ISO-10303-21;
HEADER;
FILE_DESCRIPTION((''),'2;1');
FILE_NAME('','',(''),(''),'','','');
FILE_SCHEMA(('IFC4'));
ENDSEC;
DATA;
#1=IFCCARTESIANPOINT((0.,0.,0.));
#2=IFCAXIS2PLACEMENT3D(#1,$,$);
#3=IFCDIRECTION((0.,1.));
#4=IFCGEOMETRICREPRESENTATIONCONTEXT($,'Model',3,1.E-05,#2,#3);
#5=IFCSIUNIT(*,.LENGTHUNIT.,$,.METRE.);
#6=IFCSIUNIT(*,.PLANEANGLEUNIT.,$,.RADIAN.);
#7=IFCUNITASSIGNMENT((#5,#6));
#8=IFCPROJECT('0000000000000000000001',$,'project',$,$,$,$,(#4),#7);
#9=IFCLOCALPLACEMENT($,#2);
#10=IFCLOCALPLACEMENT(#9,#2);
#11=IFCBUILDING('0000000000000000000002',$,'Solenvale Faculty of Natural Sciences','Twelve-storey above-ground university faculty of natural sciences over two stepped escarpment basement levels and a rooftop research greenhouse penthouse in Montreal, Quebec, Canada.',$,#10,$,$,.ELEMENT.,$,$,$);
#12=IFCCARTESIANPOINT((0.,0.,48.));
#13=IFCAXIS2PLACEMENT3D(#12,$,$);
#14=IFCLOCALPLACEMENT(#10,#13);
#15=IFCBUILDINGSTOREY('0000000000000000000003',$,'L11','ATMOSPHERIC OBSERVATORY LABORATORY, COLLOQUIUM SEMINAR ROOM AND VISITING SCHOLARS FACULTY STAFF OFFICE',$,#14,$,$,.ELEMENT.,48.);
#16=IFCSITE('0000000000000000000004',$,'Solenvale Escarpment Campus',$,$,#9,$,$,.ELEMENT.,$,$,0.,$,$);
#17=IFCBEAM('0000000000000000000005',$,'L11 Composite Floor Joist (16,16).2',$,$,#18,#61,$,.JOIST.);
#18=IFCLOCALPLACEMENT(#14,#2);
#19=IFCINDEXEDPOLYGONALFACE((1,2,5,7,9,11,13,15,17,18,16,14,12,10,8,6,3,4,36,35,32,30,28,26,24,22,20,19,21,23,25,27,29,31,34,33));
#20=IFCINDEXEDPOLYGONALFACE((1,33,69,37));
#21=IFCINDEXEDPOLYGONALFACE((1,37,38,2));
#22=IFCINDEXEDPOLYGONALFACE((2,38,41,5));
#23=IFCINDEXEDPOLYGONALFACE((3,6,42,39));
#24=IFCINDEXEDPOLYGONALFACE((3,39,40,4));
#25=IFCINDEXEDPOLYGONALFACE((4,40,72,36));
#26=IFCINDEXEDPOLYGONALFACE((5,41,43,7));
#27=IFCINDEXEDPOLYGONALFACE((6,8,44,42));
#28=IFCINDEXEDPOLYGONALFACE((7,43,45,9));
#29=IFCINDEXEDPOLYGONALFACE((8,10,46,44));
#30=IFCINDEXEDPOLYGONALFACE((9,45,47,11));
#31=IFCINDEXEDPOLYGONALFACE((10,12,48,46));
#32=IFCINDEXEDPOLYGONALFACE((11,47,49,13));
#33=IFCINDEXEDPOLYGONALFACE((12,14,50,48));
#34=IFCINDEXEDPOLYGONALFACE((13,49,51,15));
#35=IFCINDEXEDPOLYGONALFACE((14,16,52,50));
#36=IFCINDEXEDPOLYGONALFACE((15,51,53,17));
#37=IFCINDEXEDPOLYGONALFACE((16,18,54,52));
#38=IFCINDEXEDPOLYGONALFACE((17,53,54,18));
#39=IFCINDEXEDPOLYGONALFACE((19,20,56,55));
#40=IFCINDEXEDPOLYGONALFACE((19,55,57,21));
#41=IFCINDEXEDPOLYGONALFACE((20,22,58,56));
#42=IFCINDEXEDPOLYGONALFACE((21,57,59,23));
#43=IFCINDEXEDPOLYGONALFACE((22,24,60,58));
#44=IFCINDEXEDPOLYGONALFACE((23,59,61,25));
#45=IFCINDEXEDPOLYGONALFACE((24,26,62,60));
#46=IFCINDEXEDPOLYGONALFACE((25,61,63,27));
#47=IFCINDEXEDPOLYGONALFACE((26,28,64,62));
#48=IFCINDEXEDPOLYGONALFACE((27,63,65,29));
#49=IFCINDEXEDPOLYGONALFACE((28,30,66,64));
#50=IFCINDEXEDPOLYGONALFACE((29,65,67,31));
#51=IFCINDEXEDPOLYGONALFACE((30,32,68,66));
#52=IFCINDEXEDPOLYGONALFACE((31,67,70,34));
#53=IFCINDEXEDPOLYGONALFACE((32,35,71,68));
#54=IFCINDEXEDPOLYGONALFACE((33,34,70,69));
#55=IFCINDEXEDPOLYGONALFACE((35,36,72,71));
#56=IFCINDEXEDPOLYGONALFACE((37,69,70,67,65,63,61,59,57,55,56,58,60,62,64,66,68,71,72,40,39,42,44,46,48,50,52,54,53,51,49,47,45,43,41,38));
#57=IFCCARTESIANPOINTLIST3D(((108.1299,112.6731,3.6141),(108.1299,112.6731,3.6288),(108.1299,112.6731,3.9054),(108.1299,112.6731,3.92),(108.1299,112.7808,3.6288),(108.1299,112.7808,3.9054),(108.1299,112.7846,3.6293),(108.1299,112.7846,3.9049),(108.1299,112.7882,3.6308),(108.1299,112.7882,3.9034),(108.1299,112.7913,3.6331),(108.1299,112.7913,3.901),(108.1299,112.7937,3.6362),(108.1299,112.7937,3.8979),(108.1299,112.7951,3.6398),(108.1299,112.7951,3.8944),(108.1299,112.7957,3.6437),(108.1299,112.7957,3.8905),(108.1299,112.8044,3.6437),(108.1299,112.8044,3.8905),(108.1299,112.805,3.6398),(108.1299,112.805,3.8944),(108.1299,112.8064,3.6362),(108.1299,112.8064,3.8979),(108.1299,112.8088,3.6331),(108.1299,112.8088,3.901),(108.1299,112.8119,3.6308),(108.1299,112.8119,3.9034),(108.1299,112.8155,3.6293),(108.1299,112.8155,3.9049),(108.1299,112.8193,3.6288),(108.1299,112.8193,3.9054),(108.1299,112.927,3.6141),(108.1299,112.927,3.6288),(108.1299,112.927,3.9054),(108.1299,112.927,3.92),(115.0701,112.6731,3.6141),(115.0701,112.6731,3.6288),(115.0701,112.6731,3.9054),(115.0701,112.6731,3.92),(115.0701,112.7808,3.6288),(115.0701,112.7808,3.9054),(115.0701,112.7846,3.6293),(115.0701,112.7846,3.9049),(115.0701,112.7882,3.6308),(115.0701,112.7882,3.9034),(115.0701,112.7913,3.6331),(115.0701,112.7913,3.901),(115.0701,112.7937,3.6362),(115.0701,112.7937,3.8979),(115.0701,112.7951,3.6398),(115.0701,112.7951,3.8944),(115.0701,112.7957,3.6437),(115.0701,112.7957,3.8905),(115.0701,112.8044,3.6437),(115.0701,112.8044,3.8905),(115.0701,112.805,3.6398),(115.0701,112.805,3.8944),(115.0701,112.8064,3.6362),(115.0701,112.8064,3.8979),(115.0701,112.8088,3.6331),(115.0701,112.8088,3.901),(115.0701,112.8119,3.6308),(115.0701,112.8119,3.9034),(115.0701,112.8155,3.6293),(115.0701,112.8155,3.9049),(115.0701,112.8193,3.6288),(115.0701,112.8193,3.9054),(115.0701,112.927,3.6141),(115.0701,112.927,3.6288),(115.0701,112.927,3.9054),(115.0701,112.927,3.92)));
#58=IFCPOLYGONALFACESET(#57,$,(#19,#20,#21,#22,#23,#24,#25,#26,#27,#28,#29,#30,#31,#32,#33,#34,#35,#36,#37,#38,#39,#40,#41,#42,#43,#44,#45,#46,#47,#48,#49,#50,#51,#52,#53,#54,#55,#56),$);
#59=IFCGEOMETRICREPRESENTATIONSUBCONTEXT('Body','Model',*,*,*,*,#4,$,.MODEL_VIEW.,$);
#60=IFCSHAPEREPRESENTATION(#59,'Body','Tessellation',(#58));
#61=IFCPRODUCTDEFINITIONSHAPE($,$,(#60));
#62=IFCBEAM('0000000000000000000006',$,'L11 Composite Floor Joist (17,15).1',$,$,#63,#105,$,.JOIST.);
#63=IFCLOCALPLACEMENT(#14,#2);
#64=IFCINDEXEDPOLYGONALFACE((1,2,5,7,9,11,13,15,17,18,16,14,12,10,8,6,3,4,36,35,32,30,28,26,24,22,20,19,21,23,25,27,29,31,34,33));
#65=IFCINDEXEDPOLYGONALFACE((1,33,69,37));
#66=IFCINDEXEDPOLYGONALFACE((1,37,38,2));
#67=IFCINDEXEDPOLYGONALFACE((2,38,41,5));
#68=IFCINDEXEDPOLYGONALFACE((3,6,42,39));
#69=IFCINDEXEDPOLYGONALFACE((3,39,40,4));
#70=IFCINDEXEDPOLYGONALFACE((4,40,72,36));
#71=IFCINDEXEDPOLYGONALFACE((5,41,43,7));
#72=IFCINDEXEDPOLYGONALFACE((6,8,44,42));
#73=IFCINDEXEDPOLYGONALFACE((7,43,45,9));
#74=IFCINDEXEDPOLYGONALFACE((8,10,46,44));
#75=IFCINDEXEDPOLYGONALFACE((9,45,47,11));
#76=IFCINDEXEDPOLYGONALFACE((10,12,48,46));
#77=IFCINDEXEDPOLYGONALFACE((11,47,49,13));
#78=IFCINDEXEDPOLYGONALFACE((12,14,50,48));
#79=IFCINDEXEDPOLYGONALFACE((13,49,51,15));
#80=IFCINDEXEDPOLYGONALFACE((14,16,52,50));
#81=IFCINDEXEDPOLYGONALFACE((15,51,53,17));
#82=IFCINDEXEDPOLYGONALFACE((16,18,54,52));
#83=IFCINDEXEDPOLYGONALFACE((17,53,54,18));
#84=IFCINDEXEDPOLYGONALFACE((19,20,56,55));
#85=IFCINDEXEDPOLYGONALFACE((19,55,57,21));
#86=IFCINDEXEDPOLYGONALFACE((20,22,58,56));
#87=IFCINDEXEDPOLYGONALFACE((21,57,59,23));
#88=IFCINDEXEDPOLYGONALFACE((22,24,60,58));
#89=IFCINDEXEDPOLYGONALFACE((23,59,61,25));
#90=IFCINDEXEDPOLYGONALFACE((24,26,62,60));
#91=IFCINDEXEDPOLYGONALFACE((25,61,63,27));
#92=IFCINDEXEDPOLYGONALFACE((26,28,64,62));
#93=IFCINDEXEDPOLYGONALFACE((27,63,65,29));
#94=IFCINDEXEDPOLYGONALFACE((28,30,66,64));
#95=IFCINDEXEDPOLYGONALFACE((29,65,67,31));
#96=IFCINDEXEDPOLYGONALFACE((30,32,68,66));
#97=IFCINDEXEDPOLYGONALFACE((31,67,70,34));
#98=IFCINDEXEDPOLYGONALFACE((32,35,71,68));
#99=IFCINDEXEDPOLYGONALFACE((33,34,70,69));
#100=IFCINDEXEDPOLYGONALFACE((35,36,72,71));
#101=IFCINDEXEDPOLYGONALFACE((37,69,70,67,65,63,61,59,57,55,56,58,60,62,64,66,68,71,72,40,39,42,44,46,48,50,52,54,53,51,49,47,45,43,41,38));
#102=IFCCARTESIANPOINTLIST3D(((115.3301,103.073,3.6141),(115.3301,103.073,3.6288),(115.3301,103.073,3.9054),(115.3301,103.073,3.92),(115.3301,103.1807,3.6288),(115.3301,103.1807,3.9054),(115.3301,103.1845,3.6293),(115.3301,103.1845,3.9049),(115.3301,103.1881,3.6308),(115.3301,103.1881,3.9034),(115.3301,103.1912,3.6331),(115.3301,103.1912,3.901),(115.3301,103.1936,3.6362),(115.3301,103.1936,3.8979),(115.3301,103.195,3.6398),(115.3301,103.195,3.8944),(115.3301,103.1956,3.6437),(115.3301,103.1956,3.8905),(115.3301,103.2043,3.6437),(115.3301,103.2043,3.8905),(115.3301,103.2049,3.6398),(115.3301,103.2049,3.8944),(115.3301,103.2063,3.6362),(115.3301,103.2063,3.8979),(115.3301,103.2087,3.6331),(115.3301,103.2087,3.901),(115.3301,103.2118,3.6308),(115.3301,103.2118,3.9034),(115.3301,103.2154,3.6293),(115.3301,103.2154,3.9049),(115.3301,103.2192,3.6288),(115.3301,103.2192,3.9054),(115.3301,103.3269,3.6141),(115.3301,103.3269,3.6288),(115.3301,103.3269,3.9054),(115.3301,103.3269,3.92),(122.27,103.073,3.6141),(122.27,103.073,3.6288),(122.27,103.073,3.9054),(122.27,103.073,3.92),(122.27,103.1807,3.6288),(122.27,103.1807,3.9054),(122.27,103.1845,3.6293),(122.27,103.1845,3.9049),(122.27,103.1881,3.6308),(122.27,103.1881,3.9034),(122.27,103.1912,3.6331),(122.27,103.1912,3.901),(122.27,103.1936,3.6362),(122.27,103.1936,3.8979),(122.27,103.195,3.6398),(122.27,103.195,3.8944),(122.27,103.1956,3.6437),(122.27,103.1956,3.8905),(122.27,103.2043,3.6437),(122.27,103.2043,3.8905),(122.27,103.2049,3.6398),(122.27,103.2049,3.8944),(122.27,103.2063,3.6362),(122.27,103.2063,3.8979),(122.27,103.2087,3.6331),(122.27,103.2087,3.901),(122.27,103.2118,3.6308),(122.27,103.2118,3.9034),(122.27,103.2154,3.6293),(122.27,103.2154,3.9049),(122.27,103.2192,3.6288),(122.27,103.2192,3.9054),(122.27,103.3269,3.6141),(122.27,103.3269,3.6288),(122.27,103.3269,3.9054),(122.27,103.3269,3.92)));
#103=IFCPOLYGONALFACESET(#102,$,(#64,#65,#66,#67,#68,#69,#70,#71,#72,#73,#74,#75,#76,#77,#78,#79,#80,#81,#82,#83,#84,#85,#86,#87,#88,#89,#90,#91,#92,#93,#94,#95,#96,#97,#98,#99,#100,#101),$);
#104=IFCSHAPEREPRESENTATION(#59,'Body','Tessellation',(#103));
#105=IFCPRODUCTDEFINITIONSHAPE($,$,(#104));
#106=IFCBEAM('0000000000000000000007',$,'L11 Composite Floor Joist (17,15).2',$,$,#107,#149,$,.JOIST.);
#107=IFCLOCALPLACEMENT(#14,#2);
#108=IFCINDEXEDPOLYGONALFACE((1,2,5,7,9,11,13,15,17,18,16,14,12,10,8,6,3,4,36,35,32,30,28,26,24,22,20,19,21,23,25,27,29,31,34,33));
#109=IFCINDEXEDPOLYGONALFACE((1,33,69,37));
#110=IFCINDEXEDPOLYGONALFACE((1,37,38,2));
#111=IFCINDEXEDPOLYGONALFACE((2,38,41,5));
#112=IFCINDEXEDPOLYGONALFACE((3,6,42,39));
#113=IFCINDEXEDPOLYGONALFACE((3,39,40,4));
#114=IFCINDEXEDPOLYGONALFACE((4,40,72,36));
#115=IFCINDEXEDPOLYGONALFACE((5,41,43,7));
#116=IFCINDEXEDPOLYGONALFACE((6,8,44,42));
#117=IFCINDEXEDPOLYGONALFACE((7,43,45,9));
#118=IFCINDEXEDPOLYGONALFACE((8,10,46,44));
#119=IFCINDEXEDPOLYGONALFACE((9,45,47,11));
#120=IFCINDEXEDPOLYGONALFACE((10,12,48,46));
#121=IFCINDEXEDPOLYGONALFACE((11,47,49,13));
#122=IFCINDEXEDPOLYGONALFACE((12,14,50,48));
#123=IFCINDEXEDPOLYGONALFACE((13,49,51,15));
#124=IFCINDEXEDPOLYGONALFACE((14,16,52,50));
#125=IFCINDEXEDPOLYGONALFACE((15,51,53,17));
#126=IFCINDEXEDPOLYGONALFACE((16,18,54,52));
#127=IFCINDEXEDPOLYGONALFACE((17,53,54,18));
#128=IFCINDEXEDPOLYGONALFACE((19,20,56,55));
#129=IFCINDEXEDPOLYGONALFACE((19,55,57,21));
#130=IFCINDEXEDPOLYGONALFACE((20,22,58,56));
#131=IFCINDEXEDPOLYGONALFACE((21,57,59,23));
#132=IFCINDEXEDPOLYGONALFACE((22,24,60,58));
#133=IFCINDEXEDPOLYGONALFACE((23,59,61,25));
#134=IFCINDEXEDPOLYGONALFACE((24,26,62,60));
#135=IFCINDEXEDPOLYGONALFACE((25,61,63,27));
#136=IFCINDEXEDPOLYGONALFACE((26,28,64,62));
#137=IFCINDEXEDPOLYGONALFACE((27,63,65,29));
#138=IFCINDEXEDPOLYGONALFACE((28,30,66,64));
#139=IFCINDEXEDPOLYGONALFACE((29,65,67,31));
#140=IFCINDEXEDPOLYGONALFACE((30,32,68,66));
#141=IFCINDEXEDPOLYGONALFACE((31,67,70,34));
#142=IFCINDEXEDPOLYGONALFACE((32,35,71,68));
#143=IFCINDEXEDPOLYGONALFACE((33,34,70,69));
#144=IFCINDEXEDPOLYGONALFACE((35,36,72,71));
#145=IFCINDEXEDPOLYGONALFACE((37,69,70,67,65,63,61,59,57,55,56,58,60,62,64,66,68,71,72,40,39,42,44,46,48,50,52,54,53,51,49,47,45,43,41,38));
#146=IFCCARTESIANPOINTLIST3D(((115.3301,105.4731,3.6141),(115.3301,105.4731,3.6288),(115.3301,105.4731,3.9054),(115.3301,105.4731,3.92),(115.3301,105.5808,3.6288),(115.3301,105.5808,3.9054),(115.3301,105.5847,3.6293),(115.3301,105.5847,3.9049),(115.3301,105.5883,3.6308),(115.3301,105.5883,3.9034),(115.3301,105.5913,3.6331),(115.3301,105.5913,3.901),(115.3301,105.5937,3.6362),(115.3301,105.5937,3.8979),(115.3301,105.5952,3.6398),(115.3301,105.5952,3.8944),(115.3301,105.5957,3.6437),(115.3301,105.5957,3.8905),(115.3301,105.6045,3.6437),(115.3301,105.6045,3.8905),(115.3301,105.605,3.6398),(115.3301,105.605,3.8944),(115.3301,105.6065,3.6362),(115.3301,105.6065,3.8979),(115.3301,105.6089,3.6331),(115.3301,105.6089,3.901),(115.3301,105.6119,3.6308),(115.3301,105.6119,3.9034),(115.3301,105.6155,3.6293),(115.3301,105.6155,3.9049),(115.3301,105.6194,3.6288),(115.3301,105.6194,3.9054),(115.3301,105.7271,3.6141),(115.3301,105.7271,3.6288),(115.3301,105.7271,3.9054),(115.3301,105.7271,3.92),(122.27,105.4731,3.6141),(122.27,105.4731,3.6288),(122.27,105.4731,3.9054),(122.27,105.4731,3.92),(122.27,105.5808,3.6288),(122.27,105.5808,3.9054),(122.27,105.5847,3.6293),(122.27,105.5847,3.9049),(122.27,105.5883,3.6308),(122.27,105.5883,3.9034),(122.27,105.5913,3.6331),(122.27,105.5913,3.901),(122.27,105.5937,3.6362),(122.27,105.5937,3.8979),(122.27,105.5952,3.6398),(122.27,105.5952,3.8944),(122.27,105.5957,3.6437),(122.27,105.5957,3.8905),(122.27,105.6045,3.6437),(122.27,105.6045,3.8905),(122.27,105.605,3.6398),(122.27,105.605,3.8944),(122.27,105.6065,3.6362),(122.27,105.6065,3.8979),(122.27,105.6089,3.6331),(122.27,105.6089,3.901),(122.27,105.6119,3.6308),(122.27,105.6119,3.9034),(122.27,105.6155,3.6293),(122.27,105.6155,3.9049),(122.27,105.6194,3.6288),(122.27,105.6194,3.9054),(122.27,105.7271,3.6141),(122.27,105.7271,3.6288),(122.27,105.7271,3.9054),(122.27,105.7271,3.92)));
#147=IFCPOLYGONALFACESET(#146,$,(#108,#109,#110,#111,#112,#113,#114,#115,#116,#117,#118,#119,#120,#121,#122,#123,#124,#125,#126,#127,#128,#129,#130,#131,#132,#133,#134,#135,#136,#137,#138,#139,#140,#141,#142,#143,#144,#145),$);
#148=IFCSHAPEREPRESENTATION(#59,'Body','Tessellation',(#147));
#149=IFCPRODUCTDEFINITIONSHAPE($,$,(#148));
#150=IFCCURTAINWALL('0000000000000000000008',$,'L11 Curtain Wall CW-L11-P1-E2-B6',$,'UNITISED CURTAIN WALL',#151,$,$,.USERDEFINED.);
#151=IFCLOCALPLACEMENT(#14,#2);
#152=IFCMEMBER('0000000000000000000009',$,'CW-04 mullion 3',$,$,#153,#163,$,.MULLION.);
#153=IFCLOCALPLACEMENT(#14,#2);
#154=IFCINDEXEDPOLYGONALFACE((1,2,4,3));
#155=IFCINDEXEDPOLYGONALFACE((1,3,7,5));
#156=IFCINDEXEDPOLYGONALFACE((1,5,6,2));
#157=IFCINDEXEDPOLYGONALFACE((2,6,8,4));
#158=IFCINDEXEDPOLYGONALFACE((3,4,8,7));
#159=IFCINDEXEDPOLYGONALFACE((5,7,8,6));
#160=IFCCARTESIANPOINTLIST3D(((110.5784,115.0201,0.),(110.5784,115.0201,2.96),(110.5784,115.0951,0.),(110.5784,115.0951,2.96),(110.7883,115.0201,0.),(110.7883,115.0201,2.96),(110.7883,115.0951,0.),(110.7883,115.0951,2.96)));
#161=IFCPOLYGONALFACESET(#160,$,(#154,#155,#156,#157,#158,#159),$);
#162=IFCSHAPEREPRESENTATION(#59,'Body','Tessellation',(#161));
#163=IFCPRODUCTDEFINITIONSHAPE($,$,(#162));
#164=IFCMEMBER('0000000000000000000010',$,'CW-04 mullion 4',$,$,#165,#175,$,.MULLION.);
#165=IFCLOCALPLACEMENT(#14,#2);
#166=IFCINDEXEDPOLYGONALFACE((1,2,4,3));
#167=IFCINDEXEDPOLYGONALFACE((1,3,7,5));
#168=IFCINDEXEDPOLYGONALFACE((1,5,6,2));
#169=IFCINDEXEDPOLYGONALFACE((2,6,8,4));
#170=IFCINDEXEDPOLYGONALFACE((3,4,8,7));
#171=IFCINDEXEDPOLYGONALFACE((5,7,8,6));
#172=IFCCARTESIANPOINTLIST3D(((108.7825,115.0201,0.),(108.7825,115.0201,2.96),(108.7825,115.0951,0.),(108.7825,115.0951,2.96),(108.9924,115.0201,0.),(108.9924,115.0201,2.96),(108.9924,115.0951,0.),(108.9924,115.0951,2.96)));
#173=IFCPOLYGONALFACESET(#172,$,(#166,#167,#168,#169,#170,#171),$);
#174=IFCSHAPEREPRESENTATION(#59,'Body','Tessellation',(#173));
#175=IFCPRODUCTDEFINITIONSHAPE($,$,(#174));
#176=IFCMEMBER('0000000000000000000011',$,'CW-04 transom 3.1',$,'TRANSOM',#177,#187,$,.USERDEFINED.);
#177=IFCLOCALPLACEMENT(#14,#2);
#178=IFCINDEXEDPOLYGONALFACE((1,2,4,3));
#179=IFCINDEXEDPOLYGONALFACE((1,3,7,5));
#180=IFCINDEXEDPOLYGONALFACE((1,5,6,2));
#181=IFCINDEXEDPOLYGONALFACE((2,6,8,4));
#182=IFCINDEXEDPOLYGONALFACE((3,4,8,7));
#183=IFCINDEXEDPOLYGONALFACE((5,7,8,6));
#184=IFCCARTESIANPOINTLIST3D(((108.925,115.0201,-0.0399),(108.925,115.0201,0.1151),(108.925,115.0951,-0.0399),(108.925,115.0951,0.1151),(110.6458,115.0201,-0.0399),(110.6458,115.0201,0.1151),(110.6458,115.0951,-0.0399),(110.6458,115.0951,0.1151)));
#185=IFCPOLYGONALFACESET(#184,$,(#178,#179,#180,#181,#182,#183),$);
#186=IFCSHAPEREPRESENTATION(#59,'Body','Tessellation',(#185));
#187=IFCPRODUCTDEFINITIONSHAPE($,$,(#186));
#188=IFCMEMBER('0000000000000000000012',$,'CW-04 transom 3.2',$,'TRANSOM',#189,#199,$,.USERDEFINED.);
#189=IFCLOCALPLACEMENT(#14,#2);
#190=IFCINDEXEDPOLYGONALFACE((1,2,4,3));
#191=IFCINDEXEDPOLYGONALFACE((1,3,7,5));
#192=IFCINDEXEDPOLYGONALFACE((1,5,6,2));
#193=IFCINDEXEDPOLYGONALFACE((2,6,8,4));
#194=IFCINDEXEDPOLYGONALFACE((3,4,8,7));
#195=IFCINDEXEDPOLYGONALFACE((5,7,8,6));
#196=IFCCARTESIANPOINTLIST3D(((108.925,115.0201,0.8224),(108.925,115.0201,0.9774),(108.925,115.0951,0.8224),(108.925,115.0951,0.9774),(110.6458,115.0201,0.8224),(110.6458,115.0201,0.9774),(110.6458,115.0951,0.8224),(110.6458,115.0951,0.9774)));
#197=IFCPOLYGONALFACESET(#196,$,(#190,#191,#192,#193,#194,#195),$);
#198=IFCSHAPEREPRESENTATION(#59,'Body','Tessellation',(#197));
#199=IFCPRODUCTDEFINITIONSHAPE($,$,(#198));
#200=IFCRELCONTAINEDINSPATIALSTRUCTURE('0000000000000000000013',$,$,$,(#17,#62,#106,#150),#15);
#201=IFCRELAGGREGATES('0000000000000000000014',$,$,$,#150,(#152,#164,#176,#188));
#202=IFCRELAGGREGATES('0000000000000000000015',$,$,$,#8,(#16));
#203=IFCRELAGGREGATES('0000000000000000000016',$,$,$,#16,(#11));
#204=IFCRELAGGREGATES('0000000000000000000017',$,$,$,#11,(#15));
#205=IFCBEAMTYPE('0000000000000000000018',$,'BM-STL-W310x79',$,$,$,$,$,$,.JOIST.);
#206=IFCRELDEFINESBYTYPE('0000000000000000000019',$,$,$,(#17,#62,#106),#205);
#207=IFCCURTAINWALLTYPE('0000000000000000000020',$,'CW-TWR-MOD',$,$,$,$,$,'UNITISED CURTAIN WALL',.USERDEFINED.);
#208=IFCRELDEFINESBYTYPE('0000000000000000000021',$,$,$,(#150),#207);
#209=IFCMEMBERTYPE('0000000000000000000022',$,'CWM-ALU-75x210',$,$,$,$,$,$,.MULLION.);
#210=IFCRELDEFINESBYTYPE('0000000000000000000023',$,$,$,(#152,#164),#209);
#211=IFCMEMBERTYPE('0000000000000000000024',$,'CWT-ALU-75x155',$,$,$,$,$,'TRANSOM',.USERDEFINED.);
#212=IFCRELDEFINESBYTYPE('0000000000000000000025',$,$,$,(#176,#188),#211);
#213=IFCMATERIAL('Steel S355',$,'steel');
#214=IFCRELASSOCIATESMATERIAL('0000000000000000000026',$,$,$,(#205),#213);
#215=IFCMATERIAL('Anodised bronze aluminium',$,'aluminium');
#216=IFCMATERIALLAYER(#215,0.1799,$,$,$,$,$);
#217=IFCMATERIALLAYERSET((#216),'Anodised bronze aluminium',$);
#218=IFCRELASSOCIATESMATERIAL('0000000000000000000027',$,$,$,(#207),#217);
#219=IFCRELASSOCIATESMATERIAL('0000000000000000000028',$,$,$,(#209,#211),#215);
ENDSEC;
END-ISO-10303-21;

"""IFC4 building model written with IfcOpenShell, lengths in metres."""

from ifc_helpers import new_model, si_unit, direction, frame, origin, origin_2d, place, context, subcontext, project, spatial, rectangle, i_section, extrude, material, layer, layer_set, material_profile, profile_set, type_object, element, aggregate, save


model = new_model("IFC4")

# Units and contexts
model_context = context("Model", 3, precision=1e-05, world=origin(), true_north=direction((0.0, 1.0)))
body_context = subcontext(model_context, "Body", "Model", "MODEL_VIEW")
ifc_project = project(units=[si_unit("LENGTHUNIT", "METRE"), si_unit("PLANEANGLEUNIT", "RADIAN")], contexts=[model_context])

# Site, building, storey
site_placement = place(None, origin())
site = spatial("IfcSite", under=ifc_project, at=site_placement, Name="Solenvale Escarpment Campus", CompositionType="ELEMENT", RefElevation=0.0)
building_placement = place(site_placement, origin())
building = spatial("IfcBuilding", under=site, at=building_placement, Name="Solenvale Faculty of Natural Sciences", Description="Twelve-storey above-ground university faculty of natural sciences over two stepped escarpment basement levels and a rooftop research greenhouse penthouse in Montreal, Quebec, Canada.", CompositionType="ELEMENT")
storey_placement = place(building_placement, frame((0.0, 0.0, 48.0)))
storey = spatial("IfcBuildingStorey", under=building, at=storey_placement, Name="L11", Description="ATMOSPHERIC OBSERVATORY LABORATORY, COLLOQUIUM SEMINAR ROOM AND VISITING SCHOLARS FACULTY STAFF OFFICE", CompositionType="ELEMENT", Elevation=48.0)

# Beams
ifc_material_1 = material(Name="Steel S355", Category="steel")
ifc_material_profile_1 = material_profile(ifc_material_1, i_section(OverallWidth=0.2539, OverallDepth=0.3059, WebThickness=0.0088, FlangeThickness=0.0146, FilletRadius=0.0149, at=origin_2d()), Name="W310x79")
ifc_profile_set_1 = profile_set([ifc_material_profile_1], Name="Steel S355")
beam_type_1 = type_object("IfcBeamType", Name="BM-STL-W310x79", PredefinedType="JOIST", material=ifc_profile_set_1)
for number, where, z_axis, x_axis, name in (
    (1, (108.1299, 112.8, 3.7671), (1.0, 0.0, 0.0), (0.0, 1.0, 0.0), "L11 Composite Floor Joist (16,16).2"),
):
    element("IfcBeam", number, at=place(storey_placement, frame(where, z_axis=z_axis, x_axis=x_axis)), inside=storey, type_object=beam_type_1, Name=name, PredefinedType="JOIST", context=body_context, shape_type="SweptSolid", body=[
        extrude(i_section(OverallWidth=0.2539, OverallDepth=0.3059, WebThickness=0.0088, FlangeThickness=0.0146, FilletRadius=0.0149, at=origin_2d()), origin(), (0.0, 0.0, 1.0), 6.9402),
    ])
for number, where, z_axis, x_axis, name in (
    (2, (115.3301, 103.2, 3.7671), (1.0, 0.0, 0.0), (0.0, 1.0, 0.0), "L11 Composite Floor Joist (17,15).1"),
    (3, (115.3301, 105.6001, 3.7671), (1.0, 0.0, 0.0), (0.0, 1.0, 0.0), "L11 Composite Floor Joist (17,15).2"),
):
    element("IfcBeam", number, at=place(storey_placement, frame(where, z_axis=z_axis, x_axis=x_axis)), inside=storey, type_object=beam_type_1, Name=name, PredefinedType="JOIST", context=body_context, shape_type="SweptSolid", body=[
        extrude(i_section(OverallWidth=0.2539, OverallDepth=0.3059, WebThickness=0.0088, FlangeThickness=0.0146, FilletRadius=0.0149, at=origin_2d()), origin(), (0.0, 0.0, 1.0), 6.9399),
    ])

# Curtain wall, members
ifc_material_2 = material(Name="Anodised bronze aluminium", Category="aluminium")
ifc_layer_1 = layer(ifc_material_2, 0.1799)
ifc_layer_set_1 = layer_set([ifc_layer_1], Name="Anodised bronze aluminium")
curtain_wall_type = type_object("IfcCurtainWallType", Name="CW-TWR-MOD", ElementType="UNITISED CURTAIN WALL", PredefinedType="USERDEFINED", material=ifc_layer_set_1)
curtain_wall_placement = place(storey_placement, origin())
curtain_wall = element("IfcCurtainWall", 4, at=curtain_wall_placement, inside=storey, type_object=curtain_wall_type, Name="L11 Curtain Wall CW-L11-P1-E2-B6", ObjectType="UNITISED CURTAIN WALL", PredefinedType="USERDEFINED")
ifc_material_profile_2 = material_profile(ifc_material_2, rectangle(XDim=0.075, YDim=0.21, at=origin_2d()), Name="ALU-MUL-75x210")
ifc_profile_set_2 = profile_set([ifc_material_profile_2], Name="Anodised bronze aluminium")
member_type_1 = type_object("IfcMemberType", Name="CWM-ALU-75x210", PredefinedType="MULLION", material=ifc_profile_set_2)
member_1_placement = place(storey_placement, frame((110.6833, 115.0576, 0.0), z_axis=(0.0, 0.0, 1.0), x_axis=(0.0, -1.0, 0.0)))
member_1 = element("IfcMember", 5, at=member_1_placement, type_object=member_type_1, Name="CW-04 mullion 3", PredefinedType="MULLION", context=body_context, shape_type="SweptSolid", body=[
    extrude(rectangle(XDim=0.075, YDim=0.21, at=origin_2d()), origin(), (0.0, 0.0, 1.0), 2.96),
])
member_2_placement = place(storey_placement, frame((108.8875, 115.0576, 0.0), z_axis=(0.0, 0.0, 1.0), x_axis=(0.0, -1.0, 0.0)))
member_2 = element("IfcMember", 6, at=member_2_placement, type_object=member_type_1, Name="CW-04 mullion 4", PredefinedType="MULLION", context=body_context, shape_type="SweptSolid", body=[
    extrude(rectangle(XDim=0.075, YDim=0.21, at=origin_2d()), origin(), (0.0, 0.0, 1.0), 2.96),
])
ifc_material_profile_3 = material_profile(ifc_material_2, rectangle(XDim=0.075, YDim=0.155, at=origin_2d()), Name="ALU-TRN-75x155")
ifc_profile_set_3 = profile_set([ifc_material_profile_3], Name="Anodised bronze aluminium")
member_type_2 = type_object("IfcMemberType", Name="CWT-ALU-75x155", ElementType="TRANSOM", PredefinedType="USERDEFINED", material=ifc_profile_set_3)
member_3_placement = place(storey_placement, frame((110.6458, 115.0576, 0.0376), z_axis=(-1.0, 0.0, 0.0), x_axis=(0.0, -1.0, 0.0)))
member_3 = element("IfcMember", 7, at=member_3_placement, type_object=member_type_2, Name="CW-04 transom 3.1", ObjectType="TRANSOM", PredefinedType="USERDEFINED", context=body_context, shape_type="SweptSolid", body=[
    extrude(rectangle(XDim=0.075, YDim=0.155, at=origin_2d()), origin(), (0.0, 0.0, 1.0), 1.7207),
])
member_4_placement = place(storey_placement, frame((110.6458, 115.0576, 0.8999), z_axis=(-1.0, 0.0, 0.0), x_axis=(0.0, -1.0, 0.0)))
member_4 = element("IfcMember", 8, at=member_4_placement, type_object=member_type_2, Name="CW-04 transom 3.2", ObjectType="TRANSOM", PredefinedType="USERDEFINED", context=body_context, shape_type="SweptSolid", body=[
    extrude(rectangle(XDim=0.075, YDim=0.155, at=origin_2d()), origin(), (0.0, 0.0, 1.0), 1.7207),
])
aggregate(curtain_wall, [member_1, member_2, member_3, member_4])

save(model, "model.ifc")
